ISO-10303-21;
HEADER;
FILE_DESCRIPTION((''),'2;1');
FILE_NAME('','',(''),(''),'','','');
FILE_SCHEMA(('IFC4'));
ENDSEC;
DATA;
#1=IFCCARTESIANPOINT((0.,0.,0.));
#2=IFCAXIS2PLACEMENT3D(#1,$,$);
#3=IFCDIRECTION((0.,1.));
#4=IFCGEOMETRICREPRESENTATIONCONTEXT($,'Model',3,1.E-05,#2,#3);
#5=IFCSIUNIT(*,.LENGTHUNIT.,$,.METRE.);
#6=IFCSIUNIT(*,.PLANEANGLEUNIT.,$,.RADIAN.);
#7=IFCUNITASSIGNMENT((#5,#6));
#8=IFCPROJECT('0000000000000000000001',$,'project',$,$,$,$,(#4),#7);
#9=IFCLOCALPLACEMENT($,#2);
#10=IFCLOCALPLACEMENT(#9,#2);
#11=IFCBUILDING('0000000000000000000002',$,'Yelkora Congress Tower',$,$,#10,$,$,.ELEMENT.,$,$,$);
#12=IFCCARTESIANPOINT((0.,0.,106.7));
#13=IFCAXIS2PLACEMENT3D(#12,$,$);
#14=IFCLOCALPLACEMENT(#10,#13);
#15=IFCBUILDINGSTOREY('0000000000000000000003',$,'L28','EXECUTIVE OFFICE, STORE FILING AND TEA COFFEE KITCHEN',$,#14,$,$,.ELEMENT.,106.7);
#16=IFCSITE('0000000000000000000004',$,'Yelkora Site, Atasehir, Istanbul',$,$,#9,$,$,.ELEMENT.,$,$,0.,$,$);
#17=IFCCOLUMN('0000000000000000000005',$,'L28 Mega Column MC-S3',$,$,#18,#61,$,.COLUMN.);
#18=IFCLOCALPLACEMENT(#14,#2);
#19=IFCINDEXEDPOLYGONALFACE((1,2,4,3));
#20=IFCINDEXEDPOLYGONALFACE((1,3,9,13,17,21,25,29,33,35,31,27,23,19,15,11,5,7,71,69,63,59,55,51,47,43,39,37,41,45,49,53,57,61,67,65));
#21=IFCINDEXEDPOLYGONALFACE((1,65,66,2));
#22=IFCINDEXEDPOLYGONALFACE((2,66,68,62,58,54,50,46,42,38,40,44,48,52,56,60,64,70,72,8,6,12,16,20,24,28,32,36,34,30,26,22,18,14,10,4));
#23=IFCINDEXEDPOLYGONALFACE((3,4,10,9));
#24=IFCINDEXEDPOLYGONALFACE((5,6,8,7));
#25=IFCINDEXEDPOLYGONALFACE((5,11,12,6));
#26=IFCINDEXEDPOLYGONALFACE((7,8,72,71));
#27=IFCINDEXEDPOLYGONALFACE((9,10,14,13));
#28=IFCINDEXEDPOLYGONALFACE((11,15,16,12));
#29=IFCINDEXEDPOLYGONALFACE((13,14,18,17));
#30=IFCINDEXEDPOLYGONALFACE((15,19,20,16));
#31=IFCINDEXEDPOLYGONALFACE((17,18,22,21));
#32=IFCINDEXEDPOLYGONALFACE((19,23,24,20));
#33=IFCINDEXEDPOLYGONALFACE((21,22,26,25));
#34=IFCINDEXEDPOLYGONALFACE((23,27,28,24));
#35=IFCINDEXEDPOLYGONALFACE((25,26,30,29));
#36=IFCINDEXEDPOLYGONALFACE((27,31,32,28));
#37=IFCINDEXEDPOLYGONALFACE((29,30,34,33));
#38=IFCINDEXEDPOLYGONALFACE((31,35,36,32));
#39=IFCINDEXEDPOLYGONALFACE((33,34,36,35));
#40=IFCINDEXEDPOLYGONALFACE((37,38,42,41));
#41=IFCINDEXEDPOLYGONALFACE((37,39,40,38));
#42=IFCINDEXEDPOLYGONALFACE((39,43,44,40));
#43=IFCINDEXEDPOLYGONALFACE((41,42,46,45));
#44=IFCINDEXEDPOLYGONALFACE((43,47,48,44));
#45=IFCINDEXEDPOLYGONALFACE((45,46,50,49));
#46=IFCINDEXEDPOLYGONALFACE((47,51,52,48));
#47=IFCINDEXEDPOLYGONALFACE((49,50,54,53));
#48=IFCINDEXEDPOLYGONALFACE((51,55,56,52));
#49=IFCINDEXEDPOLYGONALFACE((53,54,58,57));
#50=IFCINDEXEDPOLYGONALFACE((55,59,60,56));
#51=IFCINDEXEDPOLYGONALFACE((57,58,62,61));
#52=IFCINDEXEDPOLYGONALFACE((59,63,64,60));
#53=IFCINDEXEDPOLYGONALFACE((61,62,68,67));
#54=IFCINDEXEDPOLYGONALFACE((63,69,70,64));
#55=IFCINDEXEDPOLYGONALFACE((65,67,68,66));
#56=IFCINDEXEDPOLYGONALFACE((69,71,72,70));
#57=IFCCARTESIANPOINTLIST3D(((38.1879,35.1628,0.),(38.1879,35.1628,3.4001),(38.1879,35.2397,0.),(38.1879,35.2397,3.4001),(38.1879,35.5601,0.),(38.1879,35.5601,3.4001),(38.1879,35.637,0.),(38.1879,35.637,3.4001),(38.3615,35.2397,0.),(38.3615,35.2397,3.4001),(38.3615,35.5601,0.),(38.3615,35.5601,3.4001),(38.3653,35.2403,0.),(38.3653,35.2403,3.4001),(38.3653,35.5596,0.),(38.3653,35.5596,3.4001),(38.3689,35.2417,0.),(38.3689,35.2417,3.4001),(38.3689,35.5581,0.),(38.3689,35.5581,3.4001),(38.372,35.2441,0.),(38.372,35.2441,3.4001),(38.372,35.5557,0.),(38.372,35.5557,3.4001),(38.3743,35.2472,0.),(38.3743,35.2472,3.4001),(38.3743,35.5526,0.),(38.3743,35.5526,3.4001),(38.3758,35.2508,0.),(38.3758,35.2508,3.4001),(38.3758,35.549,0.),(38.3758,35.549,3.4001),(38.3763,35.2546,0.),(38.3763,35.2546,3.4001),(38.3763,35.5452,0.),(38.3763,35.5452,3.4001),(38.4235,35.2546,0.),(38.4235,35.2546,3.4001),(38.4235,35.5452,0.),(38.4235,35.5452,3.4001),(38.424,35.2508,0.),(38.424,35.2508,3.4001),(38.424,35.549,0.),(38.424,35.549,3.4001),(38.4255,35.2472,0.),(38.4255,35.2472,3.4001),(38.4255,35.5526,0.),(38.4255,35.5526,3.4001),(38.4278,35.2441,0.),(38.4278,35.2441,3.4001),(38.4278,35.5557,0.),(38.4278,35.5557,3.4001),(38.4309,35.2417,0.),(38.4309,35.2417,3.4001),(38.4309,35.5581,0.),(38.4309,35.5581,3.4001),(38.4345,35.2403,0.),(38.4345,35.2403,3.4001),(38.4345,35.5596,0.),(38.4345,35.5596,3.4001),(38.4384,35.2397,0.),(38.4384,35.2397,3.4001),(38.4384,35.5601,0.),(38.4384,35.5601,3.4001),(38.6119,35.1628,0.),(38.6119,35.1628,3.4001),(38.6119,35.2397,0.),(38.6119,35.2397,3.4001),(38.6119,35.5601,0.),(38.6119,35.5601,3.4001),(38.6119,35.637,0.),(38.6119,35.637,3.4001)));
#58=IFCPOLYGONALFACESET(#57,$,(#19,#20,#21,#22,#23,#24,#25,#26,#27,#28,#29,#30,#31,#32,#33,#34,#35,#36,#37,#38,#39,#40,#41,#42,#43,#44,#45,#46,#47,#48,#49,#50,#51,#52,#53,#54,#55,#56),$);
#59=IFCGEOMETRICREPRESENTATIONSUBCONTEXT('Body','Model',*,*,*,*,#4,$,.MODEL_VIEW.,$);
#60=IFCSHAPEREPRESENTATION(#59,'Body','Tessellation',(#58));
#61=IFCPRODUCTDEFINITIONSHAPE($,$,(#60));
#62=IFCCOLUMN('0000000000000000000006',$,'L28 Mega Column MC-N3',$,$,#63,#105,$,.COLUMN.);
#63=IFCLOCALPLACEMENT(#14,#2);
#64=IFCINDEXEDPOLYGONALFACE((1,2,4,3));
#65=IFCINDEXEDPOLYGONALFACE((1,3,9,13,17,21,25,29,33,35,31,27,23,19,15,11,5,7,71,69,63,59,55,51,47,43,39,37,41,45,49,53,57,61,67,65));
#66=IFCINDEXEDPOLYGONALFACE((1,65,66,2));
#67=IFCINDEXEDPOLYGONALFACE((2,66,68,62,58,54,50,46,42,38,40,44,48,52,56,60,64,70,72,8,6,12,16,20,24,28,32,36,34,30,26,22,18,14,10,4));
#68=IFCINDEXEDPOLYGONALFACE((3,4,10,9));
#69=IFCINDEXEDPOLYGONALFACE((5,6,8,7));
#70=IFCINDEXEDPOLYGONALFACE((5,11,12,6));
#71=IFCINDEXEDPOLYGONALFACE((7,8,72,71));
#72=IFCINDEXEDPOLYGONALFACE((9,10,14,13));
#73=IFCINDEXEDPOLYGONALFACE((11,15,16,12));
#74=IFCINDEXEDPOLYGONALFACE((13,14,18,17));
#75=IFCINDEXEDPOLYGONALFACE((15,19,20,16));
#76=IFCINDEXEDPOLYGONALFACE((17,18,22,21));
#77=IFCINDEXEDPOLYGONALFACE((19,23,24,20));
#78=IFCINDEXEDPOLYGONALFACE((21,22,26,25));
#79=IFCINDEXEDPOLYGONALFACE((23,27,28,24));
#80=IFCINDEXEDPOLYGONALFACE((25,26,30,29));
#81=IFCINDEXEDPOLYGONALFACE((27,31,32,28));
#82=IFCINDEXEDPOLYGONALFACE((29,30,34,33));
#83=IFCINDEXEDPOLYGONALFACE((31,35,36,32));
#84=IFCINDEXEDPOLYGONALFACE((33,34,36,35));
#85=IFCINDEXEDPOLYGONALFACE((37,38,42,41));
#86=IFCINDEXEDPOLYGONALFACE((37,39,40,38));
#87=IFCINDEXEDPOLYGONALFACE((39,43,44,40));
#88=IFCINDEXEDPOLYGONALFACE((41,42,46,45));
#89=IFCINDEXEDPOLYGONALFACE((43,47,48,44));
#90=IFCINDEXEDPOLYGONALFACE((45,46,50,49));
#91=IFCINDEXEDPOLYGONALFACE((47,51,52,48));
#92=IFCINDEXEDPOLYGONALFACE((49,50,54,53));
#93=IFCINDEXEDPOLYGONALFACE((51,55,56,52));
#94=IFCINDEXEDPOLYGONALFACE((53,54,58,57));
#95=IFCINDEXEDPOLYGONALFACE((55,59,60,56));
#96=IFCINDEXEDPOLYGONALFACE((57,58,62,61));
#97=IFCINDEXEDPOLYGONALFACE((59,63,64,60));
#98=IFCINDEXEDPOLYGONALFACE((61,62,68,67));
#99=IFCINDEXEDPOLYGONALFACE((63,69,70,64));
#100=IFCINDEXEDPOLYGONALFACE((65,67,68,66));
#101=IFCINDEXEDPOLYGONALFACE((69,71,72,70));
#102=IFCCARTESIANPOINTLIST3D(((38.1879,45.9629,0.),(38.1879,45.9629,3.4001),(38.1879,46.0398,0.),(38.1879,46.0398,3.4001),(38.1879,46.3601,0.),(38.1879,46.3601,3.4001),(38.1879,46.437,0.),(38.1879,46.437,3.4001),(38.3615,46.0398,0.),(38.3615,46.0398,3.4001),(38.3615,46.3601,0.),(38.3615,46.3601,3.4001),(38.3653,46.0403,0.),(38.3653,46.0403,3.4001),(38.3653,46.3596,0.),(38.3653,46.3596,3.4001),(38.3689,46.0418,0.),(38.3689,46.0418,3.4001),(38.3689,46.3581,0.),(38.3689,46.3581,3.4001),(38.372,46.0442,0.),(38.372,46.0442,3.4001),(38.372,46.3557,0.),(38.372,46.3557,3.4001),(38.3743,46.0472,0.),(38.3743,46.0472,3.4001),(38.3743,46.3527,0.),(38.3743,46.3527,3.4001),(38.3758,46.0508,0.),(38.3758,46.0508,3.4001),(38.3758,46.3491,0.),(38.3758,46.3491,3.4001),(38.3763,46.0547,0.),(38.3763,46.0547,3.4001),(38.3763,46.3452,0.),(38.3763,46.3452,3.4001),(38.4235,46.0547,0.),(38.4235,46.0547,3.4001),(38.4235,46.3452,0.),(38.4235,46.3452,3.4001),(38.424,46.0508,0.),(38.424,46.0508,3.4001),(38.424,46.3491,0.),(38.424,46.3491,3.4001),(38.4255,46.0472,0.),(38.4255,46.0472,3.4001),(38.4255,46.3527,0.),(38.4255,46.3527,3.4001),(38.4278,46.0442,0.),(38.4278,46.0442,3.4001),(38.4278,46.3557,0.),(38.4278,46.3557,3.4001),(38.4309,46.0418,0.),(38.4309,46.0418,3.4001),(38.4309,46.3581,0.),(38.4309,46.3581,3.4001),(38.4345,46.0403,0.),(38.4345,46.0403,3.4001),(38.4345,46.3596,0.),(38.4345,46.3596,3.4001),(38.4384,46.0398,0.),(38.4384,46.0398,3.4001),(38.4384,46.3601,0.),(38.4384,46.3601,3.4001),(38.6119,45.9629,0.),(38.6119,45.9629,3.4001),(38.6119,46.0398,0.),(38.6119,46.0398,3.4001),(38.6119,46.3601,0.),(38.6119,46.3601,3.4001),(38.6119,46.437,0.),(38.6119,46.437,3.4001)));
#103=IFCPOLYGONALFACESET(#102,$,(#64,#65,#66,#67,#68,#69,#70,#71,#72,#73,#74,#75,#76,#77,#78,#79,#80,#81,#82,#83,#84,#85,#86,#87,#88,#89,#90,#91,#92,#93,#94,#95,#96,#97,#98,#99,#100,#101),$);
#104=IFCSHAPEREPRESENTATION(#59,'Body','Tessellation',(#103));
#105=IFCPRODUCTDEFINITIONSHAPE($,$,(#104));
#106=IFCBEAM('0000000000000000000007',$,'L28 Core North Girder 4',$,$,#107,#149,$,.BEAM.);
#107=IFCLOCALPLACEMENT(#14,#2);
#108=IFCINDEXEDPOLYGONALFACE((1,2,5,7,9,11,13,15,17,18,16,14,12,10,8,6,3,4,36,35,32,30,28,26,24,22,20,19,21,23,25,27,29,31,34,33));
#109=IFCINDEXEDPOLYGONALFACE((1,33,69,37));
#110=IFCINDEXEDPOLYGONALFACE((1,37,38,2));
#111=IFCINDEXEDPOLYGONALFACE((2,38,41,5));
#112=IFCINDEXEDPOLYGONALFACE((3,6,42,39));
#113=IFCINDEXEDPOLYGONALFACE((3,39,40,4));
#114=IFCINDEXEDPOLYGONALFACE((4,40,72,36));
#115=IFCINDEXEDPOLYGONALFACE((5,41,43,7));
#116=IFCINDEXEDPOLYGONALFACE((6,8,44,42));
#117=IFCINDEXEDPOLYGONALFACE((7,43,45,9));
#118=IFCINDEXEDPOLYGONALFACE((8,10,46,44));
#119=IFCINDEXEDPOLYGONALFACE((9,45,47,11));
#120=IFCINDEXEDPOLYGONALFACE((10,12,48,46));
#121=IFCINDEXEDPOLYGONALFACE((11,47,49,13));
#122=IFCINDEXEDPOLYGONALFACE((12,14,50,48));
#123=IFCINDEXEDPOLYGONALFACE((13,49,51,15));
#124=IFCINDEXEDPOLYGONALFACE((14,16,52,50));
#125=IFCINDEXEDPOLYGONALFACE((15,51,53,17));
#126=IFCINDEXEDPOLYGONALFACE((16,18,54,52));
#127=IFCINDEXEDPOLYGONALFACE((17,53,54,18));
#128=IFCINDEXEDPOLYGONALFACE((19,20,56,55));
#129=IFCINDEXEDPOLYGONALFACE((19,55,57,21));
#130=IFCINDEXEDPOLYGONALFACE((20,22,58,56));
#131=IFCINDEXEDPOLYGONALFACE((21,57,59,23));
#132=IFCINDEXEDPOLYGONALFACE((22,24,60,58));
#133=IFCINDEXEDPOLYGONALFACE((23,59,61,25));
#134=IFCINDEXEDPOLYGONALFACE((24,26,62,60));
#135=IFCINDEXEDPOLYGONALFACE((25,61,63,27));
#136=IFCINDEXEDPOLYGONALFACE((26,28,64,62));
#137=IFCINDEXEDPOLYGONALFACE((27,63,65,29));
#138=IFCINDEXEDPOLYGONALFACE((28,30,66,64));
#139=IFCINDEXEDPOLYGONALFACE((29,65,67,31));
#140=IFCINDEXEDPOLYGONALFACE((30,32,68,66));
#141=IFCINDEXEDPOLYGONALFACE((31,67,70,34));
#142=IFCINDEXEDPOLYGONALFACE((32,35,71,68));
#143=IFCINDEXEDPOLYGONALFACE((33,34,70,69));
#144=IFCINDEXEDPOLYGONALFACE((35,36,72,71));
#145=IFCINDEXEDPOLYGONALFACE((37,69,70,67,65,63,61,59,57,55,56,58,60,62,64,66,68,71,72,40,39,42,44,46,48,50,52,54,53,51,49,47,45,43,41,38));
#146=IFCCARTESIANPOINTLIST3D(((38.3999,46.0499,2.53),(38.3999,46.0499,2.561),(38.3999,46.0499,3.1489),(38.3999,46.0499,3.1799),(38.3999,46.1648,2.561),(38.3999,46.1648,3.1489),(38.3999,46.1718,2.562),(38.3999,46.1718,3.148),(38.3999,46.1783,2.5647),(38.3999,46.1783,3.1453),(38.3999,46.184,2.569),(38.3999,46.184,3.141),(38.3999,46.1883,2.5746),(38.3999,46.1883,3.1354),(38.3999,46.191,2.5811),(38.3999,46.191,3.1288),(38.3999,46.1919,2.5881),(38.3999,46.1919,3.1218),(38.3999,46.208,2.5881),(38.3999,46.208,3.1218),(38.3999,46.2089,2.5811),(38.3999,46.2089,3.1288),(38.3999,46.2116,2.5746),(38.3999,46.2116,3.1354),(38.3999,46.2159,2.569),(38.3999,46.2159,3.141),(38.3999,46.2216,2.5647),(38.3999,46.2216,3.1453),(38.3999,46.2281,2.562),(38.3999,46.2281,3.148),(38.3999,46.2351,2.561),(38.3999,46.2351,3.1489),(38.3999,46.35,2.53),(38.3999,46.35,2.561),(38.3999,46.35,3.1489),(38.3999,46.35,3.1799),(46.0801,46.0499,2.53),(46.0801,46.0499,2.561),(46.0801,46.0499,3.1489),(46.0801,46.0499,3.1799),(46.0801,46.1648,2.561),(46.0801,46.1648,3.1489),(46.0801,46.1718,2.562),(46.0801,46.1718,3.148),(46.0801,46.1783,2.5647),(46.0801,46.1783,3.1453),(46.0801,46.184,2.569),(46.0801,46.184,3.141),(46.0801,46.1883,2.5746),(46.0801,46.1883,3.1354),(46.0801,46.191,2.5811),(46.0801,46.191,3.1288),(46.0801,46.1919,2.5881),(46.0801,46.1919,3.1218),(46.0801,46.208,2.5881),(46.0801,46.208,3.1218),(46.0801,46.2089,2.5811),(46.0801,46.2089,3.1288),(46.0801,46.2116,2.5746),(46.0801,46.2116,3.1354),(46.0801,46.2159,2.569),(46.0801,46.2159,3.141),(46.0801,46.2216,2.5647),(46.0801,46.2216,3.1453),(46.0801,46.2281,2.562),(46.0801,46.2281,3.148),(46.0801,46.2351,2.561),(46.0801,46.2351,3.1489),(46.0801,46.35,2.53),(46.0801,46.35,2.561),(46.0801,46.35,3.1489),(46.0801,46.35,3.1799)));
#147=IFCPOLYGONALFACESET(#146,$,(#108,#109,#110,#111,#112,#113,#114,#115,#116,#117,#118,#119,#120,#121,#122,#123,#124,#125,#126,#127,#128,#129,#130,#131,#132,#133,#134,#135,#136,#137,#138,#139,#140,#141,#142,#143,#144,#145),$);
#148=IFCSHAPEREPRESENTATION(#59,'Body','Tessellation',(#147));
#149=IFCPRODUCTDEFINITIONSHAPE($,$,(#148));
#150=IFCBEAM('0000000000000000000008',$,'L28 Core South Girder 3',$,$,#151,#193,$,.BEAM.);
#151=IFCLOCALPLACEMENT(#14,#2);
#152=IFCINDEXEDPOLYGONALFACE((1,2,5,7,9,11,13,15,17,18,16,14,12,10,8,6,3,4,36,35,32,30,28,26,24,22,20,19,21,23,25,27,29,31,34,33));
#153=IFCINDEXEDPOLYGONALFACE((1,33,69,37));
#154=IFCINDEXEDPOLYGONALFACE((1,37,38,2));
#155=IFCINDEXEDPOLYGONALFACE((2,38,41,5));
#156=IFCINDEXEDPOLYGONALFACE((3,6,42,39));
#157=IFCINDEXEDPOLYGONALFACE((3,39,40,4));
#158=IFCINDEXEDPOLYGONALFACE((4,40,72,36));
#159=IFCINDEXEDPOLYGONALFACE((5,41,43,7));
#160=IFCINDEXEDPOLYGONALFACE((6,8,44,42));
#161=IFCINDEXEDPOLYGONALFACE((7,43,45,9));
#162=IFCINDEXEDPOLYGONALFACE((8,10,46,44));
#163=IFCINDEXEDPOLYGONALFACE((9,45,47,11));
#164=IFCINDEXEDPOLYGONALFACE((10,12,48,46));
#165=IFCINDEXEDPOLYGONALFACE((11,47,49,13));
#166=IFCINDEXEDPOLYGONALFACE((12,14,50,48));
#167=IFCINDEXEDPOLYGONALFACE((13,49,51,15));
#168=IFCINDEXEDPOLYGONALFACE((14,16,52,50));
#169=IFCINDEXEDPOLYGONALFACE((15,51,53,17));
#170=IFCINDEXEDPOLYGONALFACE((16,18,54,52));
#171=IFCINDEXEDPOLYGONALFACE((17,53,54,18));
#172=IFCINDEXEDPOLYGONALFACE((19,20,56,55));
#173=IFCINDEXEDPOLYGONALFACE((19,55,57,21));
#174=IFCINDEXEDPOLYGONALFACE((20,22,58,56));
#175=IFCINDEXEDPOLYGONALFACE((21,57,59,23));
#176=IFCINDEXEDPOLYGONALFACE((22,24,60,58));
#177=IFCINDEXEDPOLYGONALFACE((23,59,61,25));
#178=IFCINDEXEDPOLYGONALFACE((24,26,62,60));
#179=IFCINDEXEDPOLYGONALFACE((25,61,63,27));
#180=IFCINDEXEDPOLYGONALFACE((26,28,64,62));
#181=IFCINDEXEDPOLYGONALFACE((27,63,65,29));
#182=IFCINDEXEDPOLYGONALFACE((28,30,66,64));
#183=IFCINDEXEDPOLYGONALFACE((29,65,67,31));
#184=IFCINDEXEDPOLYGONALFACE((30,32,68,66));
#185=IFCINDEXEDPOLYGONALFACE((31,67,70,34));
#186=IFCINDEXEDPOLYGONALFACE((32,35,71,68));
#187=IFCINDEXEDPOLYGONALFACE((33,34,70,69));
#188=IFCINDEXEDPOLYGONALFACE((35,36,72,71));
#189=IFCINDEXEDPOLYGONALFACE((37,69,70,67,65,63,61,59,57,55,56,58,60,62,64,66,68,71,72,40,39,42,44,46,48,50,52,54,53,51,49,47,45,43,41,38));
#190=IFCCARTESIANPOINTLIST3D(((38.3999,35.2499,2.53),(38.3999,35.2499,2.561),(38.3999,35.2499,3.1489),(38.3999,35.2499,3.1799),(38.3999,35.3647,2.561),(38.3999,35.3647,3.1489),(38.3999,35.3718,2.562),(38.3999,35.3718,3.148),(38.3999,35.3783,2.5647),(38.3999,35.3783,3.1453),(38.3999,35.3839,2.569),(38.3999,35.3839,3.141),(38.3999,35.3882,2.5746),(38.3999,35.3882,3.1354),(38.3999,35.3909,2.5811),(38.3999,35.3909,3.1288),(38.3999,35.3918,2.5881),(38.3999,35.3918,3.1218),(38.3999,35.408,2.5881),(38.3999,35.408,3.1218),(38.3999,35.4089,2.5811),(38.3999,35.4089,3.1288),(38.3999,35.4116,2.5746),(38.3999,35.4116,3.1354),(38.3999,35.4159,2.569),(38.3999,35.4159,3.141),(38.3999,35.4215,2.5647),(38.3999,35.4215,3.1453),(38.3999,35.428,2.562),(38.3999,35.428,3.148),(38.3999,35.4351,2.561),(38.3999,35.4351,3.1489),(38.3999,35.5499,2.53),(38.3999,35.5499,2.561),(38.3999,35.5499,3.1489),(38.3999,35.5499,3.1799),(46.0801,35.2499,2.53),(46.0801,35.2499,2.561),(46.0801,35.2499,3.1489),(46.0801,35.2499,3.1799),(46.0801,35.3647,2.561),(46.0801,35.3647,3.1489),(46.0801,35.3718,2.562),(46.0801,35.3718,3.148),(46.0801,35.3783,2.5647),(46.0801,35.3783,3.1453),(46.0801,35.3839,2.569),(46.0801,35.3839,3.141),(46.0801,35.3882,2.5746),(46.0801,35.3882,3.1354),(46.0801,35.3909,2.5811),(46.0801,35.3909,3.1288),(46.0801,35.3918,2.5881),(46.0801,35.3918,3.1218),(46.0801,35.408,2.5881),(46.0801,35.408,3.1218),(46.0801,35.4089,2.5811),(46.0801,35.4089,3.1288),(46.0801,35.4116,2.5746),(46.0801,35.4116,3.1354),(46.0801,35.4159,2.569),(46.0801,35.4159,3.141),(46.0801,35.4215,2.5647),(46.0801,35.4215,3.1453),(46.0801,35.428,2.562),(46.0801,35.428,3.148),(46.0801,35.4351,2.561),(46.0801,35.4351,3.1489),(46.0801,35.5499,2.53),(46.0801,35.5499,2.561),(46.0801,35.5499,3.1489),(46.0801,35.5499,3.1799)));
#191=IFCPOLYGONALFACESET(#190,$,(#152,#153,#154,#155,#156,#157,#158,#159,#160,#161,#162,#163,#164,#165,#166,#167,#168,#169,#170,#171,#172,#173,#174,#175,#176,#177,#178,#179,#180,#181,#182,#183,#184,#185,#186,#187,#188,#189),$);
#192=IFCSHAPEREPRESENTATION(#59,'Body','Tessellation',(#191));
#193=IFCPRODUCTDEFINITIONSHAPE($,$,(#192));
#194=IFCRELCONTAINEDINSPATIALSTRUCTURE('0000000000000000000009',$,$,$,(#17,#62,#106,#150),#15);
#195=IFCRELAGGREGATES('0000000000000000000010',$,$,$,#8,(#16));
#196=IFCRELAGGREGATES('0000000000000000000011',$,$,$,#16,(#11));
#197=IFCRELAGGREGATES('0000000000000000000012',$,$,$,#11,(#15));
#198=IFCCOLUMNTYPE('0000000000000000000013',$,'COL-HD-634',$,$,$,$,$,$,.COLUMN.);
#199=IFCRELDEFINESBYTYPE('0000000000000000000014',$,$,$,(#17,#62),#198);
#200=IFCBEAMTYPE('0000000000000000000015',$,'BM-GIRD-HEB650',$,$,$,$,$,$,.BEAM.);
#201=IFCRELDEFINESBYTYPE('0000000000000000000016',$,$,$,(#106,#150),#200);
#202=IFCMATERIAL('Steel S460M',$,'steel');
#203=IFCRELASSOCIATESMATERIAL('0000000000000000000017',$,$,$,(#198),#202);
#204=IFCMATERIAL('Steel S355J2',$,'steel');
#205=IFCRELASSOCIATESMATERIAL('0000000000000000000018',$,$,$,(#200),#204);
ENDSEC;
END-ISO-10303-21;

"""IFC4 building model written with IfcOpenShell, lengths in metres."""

from ifc_helpers import new_model, si_unit, direction, frame, origin, origin_2d, place, context, subcontext, project, spatial, i_section, extrude, material, material_profile, profile_set, type_object, element, save


model = new_model("IFC4")

# Units and contexts
model_context = context("Model", 3, precision=1e-05, world=origin(), true_north=direction((0.0, 1.0)))
body_context = subcontext(model_context, "Body", "Model", "MODEL_VIEW")
ifc_project = project(units=[si_unit("LENGTHUNIT", "METRE"), si_unit("PLANEANGLEUNIT", "RADIAN")], contexts=[model_context])

# Site, building, storey
site_placement = place(None, origin())
site = spatial("IfcSite", under=ifc_project, at=site_placement, Name="Yelkora Site, Atasehir, Istanbul", CompositionType="ELEMENT", RefElevation=0.0)
building_placement = place(site_placement, origin())
building = spatial("IfcBuilding", under=site, at=building_placement, Name="Yelkora Congress Tower", CompositionType="ELEMENT")
storey_placement = place(building_placement, frame((0.0, 0.0, 106.7)))
storey = spatial("IfcBuildingStorey", under=building, at=storey_placement, Name="L28", Description="EXECUTIVE OFFICE, STORE FILING AND TEA COFFEE KITCHEN", CompositionType="ELEMENT", Elevation=106.7)

# Columns
ifc_material_1 = material(Name="Steel S460M", Category="steel")
ifc_material_profile_1 = material_profile(ifc_material_1, i_section(OverallWidth=0.4241, OverallDepth=0.4741, WebThickness=0.0471, FlangeThickness=0.0769, FilletRadius=0.0149, at=origin_2d()), Name="HD 400x634")
ifc_profile_set_1 = profile_set([ifc_material_profile_1], Name="Steel S460M")
column_type = type_object("IfcColumnType", Name="COL-HD-634", PredefinedType="COLUMN", material=ifc_profile_set_1)
for number, where, z_axis, x_axis, name in (
    (1, (38.3999, 35.3999, 0.0), (0.0, 0.0, 1.0), (1.0, 0.0, 0.0), "L28 Mega Column MC-S3"),
    (2, (38.3999, 46.2, 0.0), (0.0, 0.0, 1.0), (1.0, 0.0, 0.0), "L28 Mega Column MC-N3"),
):
    element("IfcColumn", number, at=place(storey_placement, frame(where, z_axis=z_axis, x_axis=x_axis)), inside=storey, type_object=column_type, Name=name, PredefinedType="COLUMN", context=body_context, shape_type="SweptSolid", body=[
        extrude(i_section(OverallWidth=0.4241, OverallDepth=0.4741, WebThickness=0.0471, FlangeThickness=0.0769, FilletRadius=0.0149, at=origin_2d()), origin(), (0.0, 0.0, 1.0), 3.4001),
    ])

# Beams
ifc_material_2 = material(Name="Steel S355J2", Category="steel")
ifc_material_profile_2 = material_profile(ifc_material_2, i_section(OverallWidth=0.3, OverallDepth=0.6499, WebThickness=0.0161, FlangeThickness=0.031, FilletRadius=0.0271, at=origin_2d()), Name="HEB 650")
ifc_profile_set_2 = profile_set([ifc_material_profile_2], Name="Steel S355J2")
beam_type = type_object("IfcBeamType", Name="BM-GIRD-HEB650", PredefinedType="BEAM", material=ifc_profile_set_2)
for number, where, z_axis, x_axis, name in (
    (3, (38.3999, 46.2, 2.855), (1.0, 0.0, 0.0), (0.0, 1.0, 0.0), "L28 Core North Girder 4"),
    (4, (38.3999, 35.3999, 2.855), (1.0, 0.0, 0.0), (0.0, 1.0, 0.0), "L28 Core South Girder 3"),
):
    element("IfcBeam", number, at=place(storey_placement, frame(where, z_axis=z_axis, x_axis=x_axis)), inside=storey, type_object=beam_type, Name=name, PredefinedType="BEAM", context=body_context, shape_type="SweptSolid", body=[
        extrude(i_section(OverallWidth=0.3, OverallDepth=0.6499, WebThickness=0.0161, FlangeThickness=0.031, FilletRadius=0.0271, at=origin_2d()), origin(), (0.0, 0.0, 1.0), 7.6802),
    ])

save(model, "model.ifc")
